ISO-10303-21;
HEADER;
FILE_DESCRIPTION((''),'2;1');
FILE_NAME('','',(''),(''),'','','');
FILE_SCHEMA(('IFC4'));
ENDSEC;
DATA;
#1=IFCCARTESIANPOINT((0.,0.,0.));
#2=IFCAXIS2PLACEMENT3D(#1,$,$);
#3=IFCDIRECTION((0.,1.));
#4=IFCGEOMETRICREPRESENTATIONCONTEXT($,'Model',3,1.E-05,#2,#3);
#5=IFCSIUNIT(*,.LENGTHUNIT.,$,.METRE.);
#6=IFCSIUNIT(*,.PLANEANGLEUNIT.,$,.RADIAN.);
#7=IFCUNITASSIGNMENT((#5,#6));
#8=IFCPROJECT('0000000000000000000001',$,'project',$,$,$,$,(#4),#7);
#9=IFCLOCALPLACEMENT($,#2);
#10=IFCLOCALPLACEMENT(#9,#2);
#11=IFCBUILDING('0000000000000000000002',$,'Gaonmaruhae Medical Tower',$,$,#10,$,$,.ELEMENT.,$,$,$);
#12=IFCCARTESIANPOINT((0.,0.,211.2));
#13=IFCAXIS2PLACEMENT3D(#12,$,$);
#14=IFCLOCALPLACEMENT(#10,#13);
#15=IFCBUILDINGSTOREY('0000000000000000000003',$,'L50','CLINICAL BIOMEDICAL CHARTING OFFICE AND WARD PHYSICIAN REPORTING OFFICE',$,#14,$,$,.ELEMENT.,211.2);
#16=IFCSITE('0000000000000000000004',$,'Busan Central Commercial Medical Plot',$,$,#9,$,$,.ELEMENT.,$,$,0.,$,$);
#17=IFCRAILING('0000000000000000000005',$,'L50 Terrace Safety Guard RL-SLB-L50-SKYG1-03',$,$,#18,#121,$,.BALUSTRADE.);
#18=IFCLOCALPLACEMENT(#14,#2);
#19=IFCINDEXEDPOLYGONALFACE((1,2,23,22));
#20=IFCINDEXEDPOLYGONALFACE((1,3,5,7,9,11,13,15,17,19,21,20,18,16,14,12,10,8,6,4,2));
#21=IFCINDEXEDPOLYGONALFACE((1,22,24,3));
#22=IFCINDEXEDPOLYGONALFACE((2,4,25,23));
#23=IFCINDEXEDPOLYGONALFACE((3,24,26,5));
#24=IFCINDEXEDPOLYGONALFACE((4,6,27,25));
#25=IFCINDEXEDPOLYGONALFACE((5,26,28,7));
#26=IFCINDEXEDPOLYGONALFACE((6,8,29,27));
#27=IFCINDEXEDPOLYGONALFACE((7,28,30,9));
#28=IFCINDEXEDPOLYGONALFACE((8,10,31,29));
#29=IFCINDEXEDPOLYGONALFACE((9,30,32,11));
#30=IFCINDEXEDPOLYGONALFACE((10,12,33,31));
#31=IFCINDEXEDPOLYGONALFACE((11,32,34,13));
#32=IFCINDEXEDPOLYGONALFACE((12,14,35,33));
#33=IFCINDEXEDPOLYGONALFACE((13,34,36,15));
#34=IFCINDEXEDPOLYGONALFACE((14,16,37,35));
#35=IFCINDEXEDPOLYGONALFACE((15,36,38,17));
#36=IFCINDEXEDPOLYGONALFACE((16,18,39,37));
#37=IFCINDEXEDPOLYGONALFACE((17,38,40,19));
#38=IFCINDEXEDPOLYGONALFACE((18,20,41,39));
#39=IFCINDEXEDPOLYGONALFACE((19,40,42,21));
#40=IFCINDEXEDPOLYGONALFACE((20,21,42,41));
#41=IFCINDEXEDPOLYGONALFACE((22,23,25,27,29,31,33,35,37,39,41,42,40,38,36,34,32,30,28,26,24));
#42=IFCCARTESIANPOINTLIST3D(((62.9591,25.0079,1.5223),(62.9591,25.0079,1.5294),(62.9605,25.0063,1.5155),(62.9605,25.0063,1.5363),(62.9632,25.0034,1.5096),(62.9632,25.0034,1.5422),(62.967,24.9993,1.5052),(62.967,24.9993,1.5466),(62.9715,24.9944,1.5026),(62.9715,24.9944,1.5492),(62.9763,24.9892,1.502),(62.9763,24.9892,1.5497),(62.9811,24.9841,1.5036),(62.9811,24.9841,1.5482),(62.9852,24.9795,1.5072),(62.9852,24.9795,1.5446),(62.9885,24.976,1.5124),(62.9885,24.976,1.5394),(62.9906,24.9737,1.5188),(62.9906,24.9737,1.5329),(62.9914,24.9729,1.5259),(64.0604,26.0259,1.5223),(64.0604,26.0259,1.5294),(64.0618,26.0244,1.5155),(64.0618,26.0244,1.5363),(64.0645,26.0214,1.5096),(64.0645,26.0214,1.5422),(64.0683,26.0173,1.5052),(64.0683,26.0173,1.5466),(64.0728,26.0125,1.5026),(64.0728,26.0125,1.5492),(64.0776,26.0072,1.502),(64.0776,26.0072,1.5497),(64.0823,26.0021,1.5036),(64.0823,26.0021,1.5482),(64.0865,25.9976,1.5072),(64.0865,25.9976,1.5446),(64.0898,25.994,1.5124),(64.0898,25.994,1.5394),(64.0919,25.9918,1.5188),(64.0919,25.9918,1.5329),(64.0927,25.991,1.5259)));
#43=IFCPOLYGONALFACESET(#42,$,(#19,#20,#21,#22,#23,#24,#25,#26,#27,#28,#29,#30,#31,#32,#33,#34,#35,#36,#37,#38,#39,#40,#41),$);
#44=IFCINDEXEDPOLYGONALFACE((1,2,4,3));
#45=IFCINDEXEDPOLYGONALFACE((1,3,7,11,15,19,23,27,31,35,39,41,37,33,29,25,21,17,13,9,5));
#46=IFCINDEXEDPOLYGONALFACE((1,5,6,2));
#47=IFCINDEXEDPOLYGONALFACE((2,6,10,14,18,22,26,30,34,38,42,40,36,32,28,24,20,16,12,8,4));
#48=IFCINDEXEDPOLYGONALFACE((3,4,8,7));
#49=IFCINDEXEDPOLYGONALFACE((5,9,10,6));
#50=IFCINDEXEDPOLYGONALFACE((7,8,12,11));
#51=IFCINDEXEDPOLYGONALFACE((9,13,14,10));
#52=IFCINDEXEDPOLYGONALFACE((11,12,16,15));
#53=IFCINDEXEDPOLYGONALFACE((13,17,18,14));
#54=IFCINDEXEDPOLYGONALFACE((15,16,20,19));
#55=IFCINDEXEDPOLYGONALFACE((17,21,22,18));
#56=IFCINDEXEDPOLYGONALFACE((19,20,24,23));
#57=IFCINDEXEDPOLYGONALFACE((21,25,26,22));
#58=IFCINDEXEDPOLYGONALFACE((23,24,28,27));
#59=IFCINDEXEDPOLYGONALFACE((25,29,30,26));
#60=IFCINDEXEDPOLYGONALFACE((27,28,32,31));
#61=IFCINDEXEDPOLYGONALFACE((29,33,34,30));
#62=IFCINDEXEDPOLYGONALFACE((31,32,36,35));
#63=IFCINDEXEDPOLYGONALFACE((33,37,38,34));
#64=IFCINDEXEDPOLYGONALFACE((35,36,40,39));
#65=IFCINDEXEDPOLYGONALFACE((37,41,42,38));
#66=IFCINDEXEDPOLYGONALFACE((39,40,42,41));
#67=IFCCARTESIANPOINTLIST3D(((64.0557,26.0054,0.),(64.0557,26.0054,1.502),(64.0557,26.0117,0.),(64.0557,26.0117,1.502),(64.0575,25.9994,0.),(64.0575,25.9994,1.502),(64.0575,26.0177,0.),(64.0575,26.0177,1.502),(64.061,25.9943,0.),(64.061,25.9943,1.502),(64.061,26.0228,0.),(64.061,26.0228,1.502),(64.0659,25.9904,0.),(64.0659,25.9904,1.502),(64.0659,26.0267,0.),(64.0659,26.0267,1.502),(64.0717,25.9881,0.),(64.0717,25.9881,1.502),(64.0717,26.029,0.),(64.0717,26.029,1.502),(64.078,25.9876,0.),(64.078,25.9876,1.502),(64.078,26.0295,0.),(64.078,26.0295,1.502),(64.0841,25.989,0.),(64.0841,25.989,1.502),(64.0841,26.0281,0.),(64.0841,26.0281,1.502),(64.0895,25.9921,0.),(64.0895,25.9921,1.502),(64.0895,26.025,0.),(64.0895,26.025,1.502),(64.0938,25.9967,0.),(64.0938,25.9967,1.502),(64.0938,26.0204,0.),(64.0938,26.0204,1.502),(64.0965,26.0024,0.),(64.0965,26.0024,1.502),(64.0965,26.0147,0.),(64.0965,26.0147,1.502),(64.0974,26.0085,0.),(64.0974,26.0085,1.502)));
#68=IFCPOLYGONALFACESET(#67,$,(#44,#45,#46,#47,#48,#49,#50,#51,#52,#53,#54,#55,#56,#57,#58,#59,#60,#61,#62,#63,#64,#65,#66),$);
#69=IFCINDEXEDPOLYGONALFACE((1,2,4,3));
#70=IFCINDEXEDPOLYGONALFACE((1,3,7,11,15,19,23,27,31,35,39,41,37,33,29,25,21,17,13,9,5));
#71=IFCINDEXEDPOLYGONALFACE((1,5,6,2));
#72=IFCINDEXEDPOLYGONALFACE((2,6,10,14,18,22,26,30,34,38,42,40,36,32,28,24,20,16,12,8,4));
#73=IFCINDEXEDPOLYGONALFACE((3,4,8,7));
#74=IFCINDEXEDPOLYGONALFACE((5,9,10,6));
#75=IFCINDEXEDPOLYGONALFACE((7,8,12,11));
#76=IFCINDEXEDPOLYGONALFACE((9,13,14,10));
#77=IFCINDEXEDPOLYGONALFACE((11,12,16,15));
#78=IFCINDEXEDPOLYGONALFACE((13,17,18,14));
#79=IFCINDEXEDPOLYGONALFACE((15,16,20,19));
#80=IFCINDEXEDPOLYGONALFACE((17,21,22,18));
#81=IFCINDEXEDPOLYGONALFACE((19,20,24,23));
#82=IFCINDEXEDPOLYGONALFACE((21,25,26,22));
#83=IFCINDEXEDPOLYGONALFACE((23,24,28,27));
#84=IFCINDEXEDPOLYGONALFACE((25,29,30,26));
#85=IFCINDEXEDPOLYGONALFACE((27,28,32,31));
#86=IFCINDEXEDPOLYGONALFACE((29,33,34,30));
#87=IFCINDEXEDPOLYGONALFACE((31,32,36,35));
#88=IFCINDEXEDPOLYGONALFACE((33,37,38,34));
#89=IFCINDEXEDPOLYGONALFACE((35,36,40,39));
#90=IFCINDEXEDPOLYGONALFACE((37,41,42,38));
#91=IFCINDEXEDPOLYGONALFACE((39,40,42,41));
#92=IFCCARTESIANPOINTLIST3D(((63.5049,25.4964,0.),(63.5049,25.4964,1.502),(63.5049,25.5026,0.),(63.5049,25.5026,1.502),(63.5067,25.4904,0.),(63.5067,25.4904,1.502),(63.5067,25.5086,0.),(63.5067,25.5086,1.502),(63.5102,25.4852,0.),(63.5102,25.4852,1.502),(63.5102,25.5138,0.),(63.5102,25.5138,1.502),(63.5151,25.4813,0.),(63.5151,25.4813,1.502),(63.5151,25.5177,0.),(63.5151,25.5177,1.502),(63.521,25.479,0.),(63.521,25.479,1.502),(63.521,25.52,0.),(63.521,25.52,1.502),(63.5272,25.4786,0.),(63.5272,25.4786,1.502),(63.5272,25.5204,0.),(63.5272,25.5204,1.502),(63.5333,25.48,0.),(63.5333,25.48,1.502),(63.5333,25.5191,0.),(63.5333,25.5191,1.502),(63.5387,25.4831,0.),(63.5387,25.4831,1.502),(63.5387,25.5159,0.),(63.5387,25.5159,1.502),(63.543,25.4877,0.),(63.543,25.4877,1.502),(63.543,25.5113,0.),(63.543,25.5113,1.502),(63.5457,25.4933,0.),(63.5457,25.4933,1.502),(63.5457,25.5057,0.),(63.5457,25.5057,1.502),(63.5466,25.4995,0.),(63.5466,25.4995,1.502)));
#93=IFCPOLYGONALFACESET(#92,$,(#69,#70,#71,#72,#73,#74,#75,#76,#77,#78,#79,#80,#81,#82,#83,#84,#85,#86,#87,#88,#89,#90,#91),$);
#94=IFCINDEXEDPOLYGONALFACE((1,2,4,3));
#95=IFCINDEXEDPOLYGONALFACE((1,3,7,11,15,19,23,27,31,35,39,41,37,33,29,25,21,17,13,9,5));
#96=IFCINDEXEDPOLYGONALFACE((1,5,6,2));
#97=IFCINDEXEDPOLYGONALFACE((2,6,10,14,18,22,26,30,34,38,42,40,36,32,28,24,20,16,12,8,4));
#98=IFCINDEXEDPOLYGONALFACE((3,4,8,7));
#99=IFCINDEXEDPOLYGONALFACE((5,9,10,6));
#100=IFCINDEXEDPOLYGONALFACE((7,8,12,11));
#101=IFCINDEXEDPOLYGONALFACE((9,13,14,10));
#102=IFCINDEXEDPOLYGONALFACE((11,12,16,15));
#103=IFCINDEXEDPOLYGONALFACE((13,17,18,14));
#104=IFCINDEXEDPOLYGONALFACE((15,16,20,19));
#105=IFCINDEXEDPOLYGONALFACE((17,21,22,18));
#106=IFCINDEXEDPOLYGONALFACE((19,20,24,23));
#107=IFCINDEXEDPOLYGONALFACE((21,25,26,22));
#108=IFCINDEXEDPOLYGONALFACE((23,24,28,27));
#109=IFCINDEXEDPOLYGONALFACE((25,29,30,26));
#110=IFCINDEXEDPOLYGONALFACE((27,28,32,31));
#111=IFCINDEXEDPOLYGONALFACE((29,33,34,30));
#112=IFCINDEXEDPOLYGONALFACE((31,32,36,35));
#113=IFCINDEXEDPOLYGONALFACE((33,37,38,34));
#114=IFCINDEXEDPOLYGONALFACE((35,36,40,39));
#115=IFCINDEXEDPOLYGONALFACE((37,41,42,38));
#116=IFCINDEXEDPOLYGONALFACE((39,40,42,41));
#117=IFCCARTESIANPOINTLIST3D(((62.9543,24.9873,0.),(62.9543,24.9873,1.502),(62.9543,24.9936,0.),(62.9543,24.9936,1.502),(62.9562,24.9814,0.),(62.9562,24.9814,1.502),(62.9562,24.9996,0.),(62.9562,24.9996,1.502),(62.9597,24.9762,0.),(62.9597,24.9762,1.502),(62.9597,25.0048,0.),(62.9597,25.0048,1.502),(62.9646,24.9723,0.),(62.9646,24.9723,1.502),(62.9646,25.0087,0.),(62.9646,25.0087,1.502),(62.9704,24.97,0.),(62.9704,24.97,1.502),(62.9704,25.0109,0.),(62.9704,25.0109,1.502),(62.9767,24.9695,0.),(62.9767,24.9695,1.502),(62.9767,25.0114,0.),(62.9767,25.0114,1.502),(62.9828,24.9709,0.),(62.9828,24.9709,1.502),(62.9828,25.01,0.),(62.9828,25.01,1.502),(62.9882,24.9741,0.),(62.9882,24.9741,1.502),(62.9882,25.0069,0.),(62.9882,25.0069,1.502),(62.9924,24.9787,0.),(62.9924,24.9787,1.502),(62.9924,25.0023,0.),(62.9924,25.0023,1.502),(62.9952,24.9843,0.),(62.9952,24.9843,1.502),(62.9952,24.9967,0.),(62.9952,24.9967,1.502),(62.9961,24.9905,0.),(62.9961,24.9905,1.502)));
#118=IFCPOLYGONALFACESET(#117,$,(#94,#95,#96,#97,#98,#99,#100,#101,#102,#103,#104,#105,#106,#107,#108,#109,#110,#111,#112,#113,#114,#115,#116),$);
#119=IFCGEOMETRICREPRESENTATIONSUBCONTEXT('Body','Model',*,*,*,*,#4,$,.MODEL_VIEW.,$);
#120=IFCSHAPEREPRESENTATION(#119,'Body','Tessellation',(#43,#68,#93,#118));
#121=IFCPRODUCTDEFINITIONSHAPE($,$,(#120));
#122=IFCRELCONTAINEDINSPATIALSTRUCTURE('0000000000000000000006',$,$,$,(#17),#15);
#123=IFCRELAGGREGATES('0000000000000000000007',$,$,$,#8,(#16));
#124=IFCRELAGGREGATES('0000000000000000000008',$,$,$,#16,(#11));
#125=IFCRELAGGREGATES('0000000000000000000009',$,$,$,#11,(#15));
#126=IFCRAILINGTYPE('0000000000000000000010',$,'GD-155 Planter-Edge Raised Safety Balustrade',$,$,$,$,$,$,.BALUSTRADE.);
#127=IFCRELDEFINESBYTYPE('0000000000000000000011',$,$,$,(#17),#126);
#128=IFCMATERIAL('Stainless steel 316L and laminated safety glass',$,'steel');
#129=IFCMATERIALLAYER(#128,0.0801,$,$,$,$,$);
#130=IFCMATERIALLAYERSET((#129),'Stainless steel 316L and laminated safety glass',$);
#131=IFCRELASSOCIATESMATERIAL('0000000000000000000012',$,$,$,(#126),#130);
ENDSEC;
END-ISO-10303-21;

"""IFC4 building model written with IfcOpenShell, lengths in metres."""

from ifc_helpers import new_model, si_unit, direction, frame, origin, origin_2d, place, context, subcontext, project, spatial, circle, extrude, material, layer, layer_set, type_object, element, save


model = new_model("IFC4")

# Units and contexts
model_context = context("Model", 3, precision=1e-05, world=origin(), true_north=direction((0.0, 1.0)))
body_context = subcontext(model_context, "Body", "Model", "MODEL_VIEW")
ifc_project = project(units=[si_unit("LENGTHUNIT", "METRE"), si_unit("PLANEANGLEUNIT", "RADIAN")], contexts=[model_context])

# Site, building, storey
site_placement = place(None, origin())
site = spatial("IfcSite", under=ifc_project, at=site_placement, Name="Busan Central Commercial Medical Plot", CompositionType="ELEMENT", RefElevation=0.0)
building_placement = place(site_placement, origin())
building = spatial("IfcBuilding", under=site, at=building_placement, Name="Gaonmaruhae Medical Tower", CompositionType="ELEMENT")
storey_placement = place(building_placement, frame((0.0, 0.0, 211.2)))
storey = spatial("IfcBuildingStorey", under=building, at=storey_placement, Name="L50", Description="CLINICAL BIOMEDICAL CHARTING OFFICE AND WARD PHYSICIAN REPORTING OFFICE", CompositionType="ELEMENT", Elevation=211.2)

# Railing
ifc_material_1 = material(Name="Stainless steel 316L and laminated safety glass", Category="steel")
ifc_layer_1 = layer(ifc_material_1, 0.0801)
ifc_layer_set_1 = layer_set([ifc_layer_1], Name="Stainless steel 316L and laminated safety glass")
railing_type = type_object("IfcRailingType", Name="GD-155 Planter-Edge Raised Safety Balustrade", PredefinedType="BALUSTRADE", material=ifc_layer_set_1)
railing_1_placement = place(storey_placement, frame((64.0764, 26.0085, 0.0)))
element("IfcRailing", 1, at=railing_1_placement, inside=storey, type_object=railing_type, Name="L50 Terrace Safety Guard RL-SLB-L50-SKYG1-03", PredefinedType="BALUSTRADE", context=body_context, shape_type="SweptSolid", body=[
    extrude(circle(Radius=0.0239, at=origin_2d()), frame((0.0, 0.0, 1.5259), z_axis=(-0.734316, -0.678807, 0.0), x_axis=(0.678807, -0.734316, 0.0)), (0.0, 0.0, 1.0), 1.4998),
    extrude(circle(Radius=0.021, at=origin_2d()), origin(), (0.0, 0.0, 1.0), 1.502),
    extrude(circle(Radius=0.021, at=origin_2d()), frame((-0.5508, -0.509, 0.0)), (0.0, 0.0, 1.0), 1.502),
    extrude(circle(Radius=0.021, at=origin_2d()), frame((-1.1013, -1.0181, 0.0)), (0.0, 0.0, 1.0), 1.502),
])

save(model, "model.ifc")
